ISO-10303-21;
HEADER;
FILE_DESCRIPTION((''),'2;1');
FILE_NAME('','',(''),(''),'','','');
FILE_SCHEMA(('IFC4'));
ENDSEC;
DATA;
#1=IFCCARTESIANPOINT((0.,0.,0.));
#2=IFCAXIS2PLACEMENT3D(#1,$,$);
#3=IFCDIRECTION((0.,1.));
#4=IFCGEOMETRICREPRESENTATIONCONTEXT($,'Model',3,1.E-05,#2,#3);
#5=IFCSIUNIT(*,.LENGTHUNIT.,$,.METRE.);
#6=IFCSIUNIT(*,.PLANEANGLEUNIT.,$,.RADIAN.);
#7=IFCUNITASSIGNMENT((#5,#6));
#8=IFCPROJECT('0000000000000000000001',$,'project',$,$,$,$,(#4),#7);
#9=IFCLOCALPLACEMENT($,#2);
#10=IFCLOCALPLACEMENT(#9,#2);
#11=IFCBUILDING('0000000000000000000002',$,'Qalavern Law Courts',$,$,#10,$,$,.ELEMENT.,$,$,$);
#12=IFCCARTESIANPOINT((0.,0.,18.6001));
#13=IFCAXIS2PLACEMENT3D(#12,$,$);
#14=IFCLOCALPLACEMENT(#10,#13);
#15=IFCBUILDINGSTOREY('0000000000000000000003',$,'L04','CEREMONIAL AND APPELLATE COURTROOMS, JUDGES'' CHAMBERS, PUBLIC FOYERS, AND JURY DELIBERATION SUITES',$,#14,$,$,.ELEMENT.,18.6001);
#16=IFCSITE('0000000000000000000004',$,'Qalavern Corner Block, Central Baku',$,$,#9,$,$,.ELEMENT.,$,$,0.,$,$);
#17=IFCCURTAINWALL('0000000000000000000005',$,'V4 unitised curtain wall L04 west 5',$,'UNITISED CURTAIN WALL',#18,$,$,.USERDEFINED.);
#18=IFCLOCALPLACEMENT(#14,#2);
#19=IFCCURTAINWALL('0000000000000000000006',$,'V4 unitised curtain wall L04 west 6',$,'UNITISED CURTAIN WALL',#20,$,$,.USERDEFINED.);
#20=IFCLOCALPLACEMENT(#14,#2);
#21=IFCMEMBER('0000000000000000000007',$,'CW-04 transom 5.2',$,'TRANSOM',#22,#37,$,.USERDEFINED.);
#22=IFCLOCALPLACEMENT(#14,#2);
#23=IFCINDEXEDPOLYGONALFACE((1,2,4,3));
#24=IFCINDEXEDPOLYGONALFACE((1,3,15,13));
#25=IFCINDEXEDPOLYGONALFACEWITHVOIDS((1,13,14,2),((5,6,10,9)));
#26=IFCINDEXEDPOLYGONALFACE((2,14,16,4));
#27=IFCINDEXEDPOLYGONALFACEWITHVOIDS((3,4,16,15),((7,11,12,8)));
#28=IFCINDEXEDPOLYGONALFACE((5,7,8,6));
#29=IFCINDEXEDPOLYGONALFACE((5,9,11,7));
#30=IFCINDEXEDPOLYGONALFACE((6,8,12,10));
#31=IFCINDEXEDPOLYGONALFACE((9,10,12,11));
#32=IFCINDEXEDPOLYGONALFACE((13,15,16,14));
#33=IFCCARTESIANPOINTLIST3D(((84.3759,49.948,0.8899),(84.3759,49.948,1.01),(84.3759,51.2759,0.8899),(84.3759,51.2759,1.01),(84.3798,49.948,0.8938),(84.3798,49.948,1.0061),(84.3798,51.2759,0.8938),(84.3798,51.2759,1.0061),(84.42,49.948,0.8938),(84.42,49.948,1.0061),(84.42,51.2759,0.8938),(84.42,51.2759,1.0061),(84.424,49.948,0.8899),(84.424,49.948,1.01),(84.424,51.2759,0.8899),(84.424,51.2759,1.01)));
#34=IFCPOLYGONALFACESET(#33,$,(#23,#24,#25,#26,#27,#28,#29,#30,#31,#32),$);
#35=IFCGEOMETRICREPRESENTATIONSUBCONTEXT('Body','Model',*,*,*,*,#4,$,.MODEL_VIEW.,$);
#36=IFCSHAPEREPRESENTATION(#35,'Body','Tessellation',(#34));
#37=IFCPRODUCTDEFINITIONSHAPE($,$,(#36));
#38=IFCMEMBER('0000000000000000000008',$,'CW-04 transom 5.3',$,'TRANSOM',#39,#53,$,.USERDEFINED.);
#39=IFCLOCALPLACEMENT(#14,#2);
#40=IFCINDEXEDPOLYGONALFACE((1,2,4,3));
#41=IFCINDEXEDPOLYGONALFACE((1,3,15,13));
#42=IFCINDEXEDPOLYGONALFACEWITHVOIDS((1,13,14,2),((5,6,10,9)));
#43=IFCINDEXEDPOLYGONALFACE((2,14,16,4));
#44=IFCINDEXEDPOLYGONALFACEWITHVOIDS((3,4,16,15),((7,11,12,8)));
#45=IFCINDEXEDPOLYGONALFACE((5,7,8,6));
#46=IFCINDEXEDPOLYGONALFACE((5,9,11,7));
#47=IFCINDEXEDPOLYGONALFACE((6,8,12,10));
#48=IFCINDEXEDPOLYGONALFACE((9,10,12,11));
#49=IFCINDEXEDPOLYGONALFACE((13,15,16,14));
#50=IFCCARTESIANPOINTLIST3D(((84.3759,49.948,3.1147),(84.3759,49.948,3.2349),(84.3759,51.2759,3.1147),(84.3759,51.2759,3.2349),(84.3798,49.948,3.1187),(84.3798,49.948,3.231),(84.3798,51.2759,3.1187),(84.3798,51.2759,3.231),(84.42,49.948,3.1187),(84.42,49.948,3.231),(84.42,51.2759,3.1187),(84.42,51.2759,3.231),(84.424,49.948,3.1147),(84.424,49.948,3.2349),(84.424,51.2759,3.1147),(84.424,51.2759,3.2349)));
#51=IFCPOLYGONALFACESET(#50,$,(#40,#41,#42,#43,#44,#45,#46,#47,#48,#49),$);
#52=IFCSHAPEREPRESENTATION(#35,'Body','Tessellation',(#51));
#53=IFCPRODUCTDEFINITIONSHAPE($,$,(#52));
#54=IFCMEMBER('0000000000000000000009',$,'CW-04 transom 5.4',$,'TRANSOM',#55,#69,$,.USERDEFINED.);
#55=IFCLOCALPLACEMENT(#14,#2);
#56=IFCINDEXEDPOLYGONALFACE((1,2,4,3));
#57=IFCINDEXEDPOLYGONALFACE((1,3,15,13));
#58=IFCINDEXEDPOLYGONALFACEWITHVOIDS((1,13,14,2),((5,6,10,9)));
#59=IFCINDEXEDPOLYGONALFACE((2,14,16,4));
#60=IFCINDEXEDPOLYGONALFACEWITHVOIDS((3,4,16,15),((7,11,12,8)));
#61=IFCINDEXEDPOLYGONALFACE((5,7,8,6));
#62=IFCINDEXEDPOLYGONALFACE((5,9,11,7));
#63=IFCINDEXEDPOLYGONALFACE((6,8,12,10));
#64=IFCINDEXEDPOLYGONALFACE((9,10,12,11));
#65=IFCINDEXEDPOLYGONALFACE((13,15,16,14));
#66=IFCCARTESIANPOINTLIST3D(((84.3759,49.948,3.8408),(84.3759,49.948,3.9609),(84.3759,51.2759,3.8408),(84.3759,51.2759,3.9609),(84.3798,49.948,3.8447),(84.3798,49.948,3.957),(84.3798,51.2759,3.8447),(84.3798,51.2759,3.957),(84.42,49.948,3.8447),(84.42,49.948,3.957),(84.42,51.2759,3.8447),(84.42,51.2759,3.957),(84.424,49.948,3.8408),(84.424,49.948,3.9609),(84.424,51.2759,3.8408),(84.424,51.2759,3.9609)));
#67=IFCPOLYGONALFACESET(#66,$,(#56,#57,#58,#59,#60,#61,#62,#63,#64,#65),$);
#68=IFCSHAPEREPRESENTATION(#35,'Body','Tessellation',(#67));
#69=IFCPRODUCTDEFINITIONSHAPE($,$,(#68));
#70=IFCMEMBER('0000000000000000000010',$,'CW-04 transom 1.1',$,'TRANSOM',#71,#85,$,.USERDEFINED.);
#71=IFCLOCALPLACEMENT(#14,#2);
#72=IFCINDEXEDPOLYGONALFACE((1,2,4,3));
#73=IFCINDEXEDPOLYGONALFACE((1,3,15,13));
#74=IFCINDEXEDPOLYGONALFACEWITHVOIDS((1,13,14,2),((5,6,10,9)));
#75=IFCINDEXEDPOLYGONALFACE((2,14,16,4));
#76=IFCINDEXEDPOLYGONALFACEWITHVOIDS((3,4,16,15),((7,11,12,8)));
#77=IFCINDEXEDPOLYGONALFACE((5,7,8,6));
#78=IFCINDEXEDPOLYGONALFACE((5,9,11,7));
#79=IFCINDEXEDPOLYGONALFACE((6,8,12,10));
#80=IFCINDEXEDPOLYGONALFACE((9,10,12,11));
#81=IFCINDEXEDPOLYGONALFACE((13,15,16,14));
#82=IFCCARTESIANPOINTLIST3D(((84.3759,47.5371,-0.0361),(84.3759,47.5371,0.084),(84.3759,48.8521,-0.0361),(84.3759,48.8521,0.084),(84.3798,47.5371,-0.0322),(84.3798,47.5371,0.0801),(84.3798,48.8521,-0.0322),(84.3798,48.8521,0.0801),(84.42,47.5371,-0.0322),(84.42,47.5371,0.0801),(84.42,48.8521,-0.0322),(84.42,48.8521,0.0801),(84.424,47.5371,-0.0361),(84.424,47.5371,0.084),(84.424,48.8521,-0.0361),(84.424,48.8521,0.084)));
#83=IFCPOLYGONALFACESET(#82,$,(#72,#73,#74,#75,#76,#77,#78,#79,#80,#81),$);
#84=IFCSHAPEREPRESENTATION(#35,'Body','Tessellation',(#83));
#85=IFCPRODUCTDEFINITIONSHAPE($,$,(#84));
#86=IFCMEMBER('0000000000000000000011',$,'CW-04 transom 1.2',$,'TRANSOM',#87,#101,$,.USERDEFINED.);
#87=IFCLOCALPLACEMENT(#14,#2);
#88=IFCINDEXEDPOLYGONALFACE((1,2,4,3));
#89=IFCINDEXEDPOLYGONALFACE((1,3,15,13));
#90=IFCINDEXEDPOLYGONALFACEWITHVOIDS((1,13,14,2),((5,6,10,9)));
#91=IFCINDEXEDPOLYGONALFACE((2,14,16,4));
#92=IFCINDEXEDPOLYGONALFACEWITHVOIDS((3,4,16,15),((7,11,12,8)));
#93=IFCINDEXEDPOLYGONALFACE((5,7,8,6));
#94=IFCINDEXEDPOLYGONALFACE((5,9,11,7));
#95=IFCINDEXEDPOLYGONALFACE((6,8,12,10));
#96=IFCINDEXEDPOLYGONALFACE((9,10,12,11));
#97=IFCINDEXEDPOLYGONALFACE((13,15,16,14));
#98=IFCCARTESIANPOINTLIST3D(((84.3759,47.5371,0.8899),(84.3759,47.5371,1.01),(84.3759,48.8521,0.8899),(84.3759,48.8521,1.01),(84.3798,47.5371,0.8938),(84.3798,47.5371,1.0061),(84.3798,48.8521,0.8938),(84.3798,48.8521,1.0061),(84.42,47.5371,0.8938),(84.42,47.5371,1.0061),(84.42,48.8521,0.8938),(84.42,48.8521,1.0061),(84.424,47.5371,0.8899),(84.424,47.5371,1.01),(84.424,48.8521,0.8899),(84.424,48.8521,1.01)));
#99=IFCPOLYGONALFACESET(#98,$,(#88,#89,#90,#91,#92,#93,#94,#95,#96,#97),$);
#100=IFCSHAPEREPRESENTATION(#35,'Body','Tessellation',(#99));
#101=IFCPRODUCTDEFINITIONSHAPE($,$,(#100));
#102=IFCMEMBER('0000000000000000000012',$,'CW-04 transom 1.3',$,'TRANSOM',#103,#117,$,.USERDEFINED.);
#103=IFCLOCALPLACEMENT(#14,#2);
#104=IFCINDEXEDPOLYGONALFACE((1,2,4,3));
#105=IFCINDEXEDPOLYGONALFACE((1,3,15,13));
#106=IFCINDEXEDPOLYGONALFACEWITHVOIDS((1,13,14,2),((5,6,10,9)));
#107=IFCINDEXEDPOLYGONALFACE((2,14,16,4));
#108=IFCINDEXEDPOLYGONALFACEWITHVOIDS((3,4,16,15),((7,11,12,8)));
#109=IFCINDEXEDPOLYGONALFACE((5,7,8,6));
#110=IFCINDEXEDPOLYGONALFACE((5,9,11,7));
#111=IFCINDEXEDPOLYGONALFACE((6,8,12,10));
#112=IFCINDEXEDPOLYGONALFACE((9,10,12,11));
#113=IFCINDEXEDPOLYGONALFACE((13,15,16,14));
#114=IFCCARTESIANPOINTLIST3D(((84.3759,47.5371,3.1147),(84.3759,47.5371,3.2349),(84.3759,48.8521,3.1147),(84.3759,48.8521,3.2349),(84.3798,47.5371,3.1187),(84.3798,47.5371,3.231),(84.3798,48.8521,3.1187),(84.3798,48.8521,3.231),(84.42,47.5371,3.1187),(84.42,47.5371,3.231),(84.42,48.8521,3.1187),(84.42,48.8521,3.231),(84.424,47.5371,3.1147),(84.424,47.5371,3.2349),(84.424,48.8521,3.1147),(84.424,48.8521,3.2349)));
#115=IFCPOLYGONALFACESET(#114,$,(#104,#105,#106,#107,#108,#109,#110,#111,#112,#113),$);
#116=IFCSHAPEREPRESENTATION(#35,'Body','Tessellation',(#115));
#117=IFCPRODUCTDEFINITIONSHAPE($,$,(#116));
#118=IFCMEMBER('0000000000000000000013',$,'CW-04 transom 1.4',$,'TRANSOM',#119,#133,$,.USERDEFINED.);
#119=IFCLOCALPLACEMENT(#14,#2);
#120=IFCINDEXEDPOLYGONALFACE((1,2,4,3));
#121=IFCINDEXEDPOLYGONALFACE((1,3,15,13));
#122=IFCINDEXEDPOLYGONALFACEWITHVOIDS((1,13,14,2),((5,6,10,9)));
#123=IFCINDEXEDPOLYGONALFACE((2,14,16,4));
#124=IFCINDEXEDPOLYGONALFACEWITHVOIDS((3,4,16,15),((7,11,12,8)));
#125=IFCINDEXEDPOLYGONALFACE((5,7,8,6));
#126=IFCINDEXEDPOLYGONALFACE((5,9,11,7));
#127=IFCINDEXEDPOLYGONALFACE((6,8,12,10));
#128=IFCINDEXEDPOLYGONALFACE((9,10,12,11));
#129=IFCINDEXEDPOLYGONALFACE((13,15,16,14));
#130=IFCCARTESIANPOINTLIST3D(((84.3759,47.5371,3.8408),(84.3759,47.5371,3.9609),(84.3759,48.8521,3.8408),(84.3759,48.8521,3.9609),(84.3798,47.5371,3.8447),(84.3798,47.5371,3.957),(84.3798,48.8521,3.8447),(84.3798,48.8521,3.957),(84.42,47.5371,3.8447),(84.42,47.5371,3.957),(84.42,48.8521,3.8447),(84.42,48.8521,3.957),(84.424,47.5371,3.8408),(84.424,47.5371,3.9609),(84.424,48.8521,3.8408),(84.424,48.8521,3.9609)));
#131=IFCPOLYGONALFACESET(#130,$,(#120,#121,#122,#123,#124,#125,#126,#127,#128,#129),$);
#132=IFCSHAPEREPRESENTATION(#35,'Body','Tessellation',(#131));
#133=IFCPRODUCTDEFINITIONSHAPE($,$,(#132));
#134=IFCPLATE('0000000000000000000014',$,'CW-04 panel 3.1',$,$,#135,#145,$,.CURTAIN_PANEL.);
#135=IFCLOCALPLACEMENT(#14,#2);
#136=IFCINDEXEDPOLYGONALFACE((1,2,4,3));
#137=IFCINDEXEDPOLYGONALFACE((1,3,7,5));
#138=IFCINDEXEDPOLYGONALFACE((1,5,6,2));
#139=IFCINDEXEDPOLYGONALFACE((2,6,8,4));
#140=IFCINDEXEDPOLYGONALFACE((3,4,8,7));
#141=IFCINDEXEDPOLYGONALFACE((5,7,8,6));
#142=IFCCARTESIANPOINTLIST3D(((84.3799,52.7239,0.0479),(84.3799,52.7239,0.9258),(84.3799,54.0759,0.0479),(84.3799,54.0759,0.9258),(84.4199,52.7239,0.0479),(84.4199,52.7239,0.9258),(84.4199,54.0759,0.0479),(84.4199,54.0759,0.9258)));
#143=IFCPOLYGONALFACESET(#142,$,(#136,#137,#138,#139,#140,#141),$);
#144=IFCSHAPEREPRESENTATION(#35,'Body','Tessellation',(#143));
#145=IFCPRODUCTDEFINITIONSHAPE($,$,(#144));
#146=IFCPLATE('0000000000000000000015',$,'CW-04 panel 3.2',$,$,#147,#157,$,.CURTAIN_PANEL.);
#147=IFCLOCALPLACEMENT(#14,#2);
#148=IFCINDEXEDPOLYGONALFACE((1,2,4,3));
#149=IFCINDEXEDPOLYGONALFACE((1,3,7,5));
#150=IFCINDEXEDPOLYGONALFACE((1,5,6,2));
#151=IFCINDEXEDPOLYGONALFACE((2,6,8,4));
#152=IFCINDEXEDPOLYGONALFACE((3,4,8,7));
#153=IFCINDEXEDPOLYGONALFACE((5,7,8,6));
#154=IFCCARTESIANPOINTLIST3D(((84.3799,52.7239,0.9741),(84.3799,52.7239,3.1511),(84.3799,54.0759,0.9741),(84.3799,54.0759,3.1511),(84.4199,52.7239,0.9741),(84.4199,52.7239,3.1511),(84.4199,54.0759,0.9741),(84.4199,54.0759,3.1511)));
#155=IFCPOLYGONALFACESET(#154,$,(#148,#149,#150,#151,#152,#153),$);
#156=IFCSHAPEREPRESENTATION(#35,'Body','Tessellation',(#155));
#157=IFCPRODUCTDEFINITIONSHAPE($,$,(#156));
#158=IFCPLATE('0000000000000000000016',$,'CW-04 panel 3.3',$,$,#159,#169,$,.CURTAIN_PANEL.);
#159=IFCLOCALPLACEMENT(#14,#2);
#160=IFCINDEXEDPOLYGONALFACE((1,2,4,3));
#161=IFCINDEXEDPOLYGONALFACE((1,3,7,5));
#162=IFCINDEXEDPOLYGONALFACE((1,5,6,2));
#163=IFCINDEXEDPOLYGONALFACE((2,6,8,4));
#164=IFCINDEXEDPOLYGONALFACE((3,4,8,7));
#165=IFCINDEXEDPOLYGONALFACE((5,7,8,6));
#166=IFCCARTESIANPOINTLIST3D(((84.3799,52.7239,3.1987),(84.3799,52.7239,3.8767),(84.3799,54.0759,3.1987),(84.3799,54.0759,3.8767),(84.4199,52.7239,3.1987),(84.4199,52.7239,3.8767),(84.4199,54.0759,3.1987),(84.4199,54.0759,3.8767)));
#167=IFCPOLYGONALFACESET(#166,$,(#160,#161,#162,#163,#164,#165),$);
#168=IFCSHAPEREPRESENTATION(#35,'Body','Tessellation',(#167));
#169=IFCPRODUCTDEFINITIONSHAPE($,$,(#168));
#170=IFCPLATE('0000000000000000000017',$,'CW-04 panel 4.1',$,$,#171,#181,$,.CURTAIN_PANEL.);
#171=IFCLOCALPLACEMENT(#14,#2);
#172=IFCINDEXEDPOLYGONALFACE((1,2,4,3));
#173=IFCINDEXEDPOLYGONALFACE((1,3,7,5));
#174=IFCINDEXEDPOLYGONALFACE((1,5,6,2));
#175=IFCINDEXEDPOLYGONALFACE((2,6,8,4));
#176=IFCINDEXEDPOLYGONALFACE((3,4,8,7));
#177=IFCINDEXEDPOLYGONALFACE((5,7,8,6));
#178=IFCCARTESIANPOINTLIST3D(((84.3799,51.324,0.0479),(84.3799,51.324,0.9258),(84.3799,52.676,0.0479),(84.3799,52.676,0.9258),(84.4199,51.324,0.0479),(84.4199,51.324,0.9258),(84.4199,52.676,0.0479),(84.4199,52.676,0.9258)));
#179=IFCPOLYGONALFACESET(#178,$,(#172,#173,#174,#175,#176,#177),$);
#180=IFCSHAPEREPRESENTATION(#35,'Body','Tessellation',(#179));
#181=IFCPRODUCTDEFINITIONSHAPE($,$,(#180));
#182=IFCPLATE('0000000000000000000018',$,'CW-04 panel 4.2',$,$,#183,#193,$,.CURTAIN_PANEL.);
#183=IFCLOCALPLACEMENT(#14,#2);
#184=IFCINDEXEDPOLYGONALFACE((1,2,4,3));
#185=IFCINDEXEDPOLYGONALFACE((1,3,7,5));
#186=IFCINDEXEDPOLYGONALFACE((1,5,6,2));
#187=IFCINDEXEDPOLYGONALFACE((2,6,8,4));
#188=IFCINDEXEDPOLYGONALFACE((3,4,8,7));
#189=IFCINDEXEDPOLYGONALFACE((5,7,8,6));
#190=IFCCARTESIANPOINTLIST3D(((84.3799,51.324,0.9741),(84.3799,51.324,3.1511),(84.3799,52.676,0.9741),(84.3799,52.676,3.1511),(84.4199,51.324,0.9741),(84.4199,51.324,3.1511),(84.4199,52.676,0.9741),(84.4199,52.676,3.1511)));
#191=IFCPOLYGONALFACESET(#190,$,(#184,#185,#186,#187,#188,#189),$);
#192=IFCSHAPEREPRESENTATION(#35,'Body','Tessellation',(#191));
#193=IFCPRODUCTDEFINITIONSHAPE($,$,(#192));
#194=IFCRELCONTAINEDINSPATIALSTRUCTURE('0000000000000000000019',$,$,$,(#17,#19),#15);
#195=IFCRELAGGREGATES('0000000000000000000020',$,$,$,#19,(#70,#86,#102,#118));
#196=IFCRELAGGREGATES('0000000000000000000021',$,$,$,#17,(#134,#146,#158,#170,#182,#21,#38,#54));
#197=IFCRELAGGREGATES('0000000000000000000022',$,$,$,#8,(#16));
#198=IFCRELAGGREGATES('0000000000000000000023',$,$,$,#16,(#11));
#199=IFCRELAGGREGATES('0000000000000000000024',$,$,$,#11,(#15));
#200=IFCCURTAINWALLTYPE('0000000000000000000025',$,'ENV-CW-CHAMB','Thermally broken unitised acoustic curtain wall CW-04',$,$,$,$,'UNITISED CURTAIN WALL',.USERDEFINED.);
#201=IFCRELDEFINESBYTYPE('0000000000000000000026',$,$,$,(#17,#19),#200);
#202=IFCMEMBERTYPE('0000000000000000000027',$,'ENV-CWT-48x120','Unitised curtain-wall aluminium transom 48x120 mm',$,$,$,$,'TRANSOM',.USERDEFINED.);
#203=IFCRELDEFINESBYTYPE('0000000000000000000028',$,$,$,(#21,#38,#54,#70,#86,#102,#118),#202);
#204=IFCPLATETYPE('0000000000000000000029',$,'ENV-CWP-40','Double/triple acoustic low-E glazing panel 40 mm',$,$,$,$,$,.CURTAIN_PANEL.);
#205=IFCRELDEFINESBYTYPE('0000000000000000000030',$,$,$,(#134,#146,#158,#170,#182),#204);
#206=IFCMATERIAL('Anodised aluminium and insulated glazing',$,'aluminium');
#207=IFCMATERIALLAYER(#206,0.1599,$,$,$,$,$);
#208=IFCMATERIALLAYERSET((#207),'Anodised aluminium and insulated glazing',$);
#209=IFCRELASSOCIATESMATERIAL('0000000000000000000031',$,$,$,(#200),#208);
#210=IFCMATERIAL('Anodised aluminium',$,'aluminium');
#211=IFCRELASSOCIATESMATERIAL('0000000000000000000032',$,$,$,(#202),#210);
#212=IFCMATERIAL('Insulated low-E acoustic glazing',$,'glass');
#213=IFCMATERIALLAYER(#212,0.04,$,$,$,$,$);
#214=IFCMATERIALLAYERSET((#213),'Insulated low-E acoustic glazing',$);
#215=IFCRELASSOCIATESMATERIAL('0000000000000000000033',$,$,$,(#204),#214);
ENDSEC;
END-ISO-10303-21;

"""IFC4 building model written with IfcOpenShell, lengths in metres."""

from ifc_helpers import new_model, si_unit, direction, frame, origin, origin_2d, place, context, subcontext, project, spatial, rectangle, hollow_rectangle, extrude, material, layer, layer_set, material_profile, profile_set, type_object, element, aggregate, save


model = new_model("IFC4")

# Units and contexts
model_context = context("Model", 3, precision=1e-05, world=origin(), true_north=direction((0.0, 1.0)))
body_context = subcontext(model_context, "Body", "Model", "MODEL_VIEW")
ifc_project = project(units=[si_unit("LENGTHUNIT", "METRE"), si_unit("PLANEANGLEUNIT", "RADIAN")], contexts=[model_context])

# Site, building, storey
site_placement = place(None, origin())
site = spatial("IfcSite", under=ifc_project, at=site_placement, Name="Qalavern Corner Block, Central Baku", CompositionType="ELEMENT", RefElevation=0.0)
building_placement = place(site_placement, origin())
building = spatial("IfcBuilding", under=site, at=building_placement, Name="Qalavern Law Courts", CompositionType="ELEMENT")
storey_placement = place(building_placement, frame((0.0, 0.0, 18.6001)))
storey = spatial("IfcBuildingStorey", under=building, at=storey_placement, Name="L04", Description="CEREMONIAL AND APPELLATE COURTROOMS, JUDGES' CHAMBERS, PUBLIC FOYERS, AND JURY DELIBERATION SUITES", CompositionType="ELEMENT", Elevation=18.6001)

# Curtain wall
ifc_material_1 = material(Name="Anodised aluminium and insulated glazing", Category="aluminium")
ifc_layer_1 = layer(ifc_material_1, 0.1599)
ifc_layer_set_1 = layer_set([ifc_layer_1], Name="Anodised aluminium and insulated glazing")
curtain_wall_type = type_object("IfcCurtainWallType", Name="ENV-CW-CHAMB", Description="Thermally broken unitised acoustic curtain wall CW-04", ElementType="UNITISED CURTAIN WALL", PredefinedType="USERDEFINED", material=ifc_layer_set_1)
curtain_wall_1_placement = place(storey_placement, origin())
curtain_wall_1 = element("IfcCurtainWall", 1, at=curtain_wall_1_placement, inside=storey, type_object=curtain_wall_type, Name="V4 unitised curtain wall L04 west 5", ObjectType="UNITISED CURTAIN WALL", PredefinedType="USERDEFINED")
ifc_material_2 = material(Name="Anodised aluminium", Category="aluminium")

# Curtain wall
curtain_wall_2_placement = place(storey_placement, origin())
curtain_wall_2 = element("IfcCurtainWall", 2, at=curtain_wall_2_placement, inside=storey, type_object=curtain_wall_type, Name="V4 unitised curtain wall L04 west 6", ObjectType="UNITISED CURTAIN WALL", PredefinedType="USERDEFINED")

# Members
ifc_material_profile_1 = material_profile(ifc_material_2, hollow_rectangle(XDim=0.0481, YDim=0.1201, WallThickness=0.0039, at=origin_2d()), Name="ALU TRANSOM 48x120")
ifc_profile_set_1 = profile_set([ifc_material_profile_1], Name="Anodised aluminium")
member_type_1 = type_object("IfcMemberType", Name="ENV-CWT-48x120", Description="Unitised curtain-wall aluminium transom 48x120 mm", ElementType="TRANSOM", PredefinedType="USERDEFINED", material=ifc_profile_set_1)
member_1_placement = place(storey_placement, frame((84.3999, 51.2759, 0.95), z_axis=(0.0, -1.0, 0.0), x_axis=(1.0, 0.0, 0.0)))
member_1 = element("IfcMember", 3, at=member_1_placement, type_object=member_type_1, Name="CW-04 transom 5.2", ObjectType="TRANSOM", PredefinedType="USERDEFINED", context=body_context, shape_type="SweptSolid", body=[
    extrude(hollow_rectangle(XDim=0.0481, YDim=0.1201, WallThickness=0.0039, at=origin_2d()), origin(), (0.0, 0.0, 1.0), 1.3279),
])
member_2_placement = place(storey_placement, frame((84.3999, 51.2759, 3.1748), z_axis=(0.0, -1.0, 0.0), x_axis=(1.0, 0.0, 0.0)))
member_2 = element("IfcMember", 4, at=member_2_placement, type_object=member_type_1, Name="CW-04 transom 5.3", ObjectType="TRANSOM", PredefinedType="USERDEFINED", context=body_context, shape_type="SweptSolid", body=[
    extrude(hollow_rectangle(XDim=0.0481, YDim=0.1201, WallThickness=0.0039, at=origin_2d()), origin(), (0.0, 0.0, 1.0), 1.3279),
])
member_3_placement = place(storey_placement, frame((84.3999, 51.2759, 3.9009), z_axis=(0.0, -1.0, 0.0), x_axis=(1.0, 0.0, 0.0)))
member_3 = element("IfcMember", 5, at=member_3_placement, type_object=member_type_1, Name="CW-04 transom 5.4", ObjectType="TRANSOM", PredefinedType="USERDEFINED", context=body_context, shape_type="SweptSolid", body=[
    extrude(hollow_rectangle(XDim=0.0481, YDim=0.1201, WallThickness=0.0039, at=origin_2d()), origin(), (0.0, 0.0, 1.0), 1.3279),
])
member_4_placement = place(storey_placement, frame((84.3999, 48.8521, 0.0239), z_axis=(0.0, -1.0, 0.0), x_axis=(1.0, 0.0, 0.0)))
member_4 = element("IfcMember", 6, at=member_4_placement, type_object=member_type_1, Name="CW-04 transom 1.1", ObjectType="TRANSOM", PredefinedType="USERDEFINED", context=body_context, shape_type="SweptSolid", body=[
    extrude(hollow_rectangle(XDim=0.0481, YDim=0.1201, WallThickness=0.0039, at=origin_2d()), origin(), (0.0, 0.0, 1.0), 1.3149),
])
member_5_placement = place(storey_placement, frame((84.3999, 48.8521, 0.95), z_axis=(0.0, -1.0, 0.0), x_axis=(1.0, 0.0, 0.0)))
member_5 = element("IfcMember", 7, at=member_5_placement, type_object=member_type_1, Name="CW-04 transom 1.2", ObjectType="TRANSOM", PredefinedType="USERDEFINED", context=body_context, shape_type="SweptSolid", body=[
    extrude(hollow_rectangle(XDim=0.0481, YDim=0.1201, WallThickness=0.0039, at=origin_2d()), origin(), (0.0, 0.0, 1.0), 1.3149),
])
member_6_placement = place(storey_placement, frame((84.3999, 48.8521, 3.1748), z_axis=(0.0, -1.0, 0.0), x_axis=(1.0, 0.0, 0.0)))
member_6 = element("IfcMember", 8, at=member_6_placement, type_object=member_type_1, Name="CW-04 transom 1.3", ObjectType="TRANSOM", PredefinedType="USERDEFINED", context=body_context, shape_type="SweptSolid", body=[
    extrude(hollow_rectangle(XDim=0.0481, YDim=0.1201, WallThickness=0.0039, at=origin_2d()), origin(), (0.0, 0.0, 1.0), 1.3149),
])
member_7_placement = place(storey_placement, frame((84.3999, 48.8521, 3.9009), z_axis=(0.0, -1.0, 0.0), x_axis=(1.0, 0.0, 0.0)))
member_7 = element("IfcMember", 9, at=member_7_placement, type_object=member_type_1, Name="CW-04 transom 1.4", ObjectType="TRANSOM", PredefinedType="USERDEFINED", context=body_context, shape_type="SweptSolid", body=[
    extrude(hollow_rectangle(XDim=0.0481, YDim=0.1201, WallThickness=0.0039, at=origin_2d()), origin(), (0.0, 0.0, 1.0), 1.3149),
])
aggregate(curtain_wall_2, [member_4, member_5, member_6, member_7])

# Plates
ifc_material_3 = material(Name="Insulated low-E acoustic glazing", Category="glass")
ifc_layer_2 = layer(ifc_material_3, 0.04)
ifc_layer_set_2 = layer_set([ifc_layer_2], Name="Insulated low-E acoustic glazing")
plate_type = type_object("IfcPlateType", Name="ENV-CWP-40", Description="Double/triple acoustic low-E glazing panel 40 mm", PredefinedType="CURTAIN_PANEL", material=ifc_layer_set_2)
plate_1_placement = place(storey_placement, frame((84.3999, 53.3999, 0.0479), z_axis=(0.0, 0.0, 1.0), x_axis=(0.0, -1.0, 0.0)))
plate_1 = element("IfcPlate", 10, at=plate_1_placement, type_object=plate_type, Name="CW-04 panel 3.1", PredefinedType="CURTAIN_PANEL", context=body_context, shape_type="SweptSolid", body=[
    extrude(rectangle(XDim=1.3521, YDim=0.04, at=origin_2d()), origin(), (0.0, 0.0, 1.0), 0.8779),
])
plate_2_placement = place(storey_placement, frame((84.3999, 53.3999, 0.9741), z_axis=(0.0, 0.0, 1.0), x_axis=(0.0, -1.0, 0.0)))
plate_2 = element("IfcPlate", 11, at=plate_2_placement, type_object=plate_type, Name="CW-04 panel 3.2", PredefinedType="CURTAIN_PANEL", context=body_context, shape_type="SweptSolid", body=[
    extrude(rectangle(XDim=1.3521, YDim=0.04, at=origin_2d()), origin(), (0.0, 0.0, 1.0), 2.177),
])
plate_3_placement = place(storey_placement, frame((84.3999, 53.3999, 3.1987), z_axis=(0.0, 0.0, 1.0), x_axis=(0.0, -1.0, 0.0)))
plate_3 = element("IfcPlate", 12, at=plate_3_placement, type_object=plate_type, Name="CW-04 panel 3.3", PredefinedType="CURTAIN_PANEL", context=body_context, shape_type="SweptSolid", body=[
    extrude(rectangle(XDim=1.3521, YDim=0.04, at=origin_2d()), origin(), (0.0, 0.0, 1.0), 0.678),
])
plate_4_placement = place(storey_placement, frame((84.3999, 52.0, 0.0479), z_axis=(0.0, 0.0, 1.0), x_axis=(0.0, -1.0, 0.0)))
plate_4 = element("IfcPlate", 13, at=plate_4_placement, type_object=plate_type, Name="CW-04 panel 4.1", PredefinedType="CURTAIN_PANEL", context=body_context, shape_type="SweptSolid", body=[
    extrude(rectangle(XDim=1.3521, YDim=0.04, at=origin_2d()), origin(), (0.0, 0.0, 1.0), 0.8779),
])
plate_5_placement = place(storey_placement, frame((84.3999, 52.0, 0.9741), z_axis=(0.0, 0.0, 1.0), x_axis=(0.0, -1.0, 0.0)))
plate_5 = element("IfcPlate", 14, at=plate_5_placement, type_object=plate_type, Name="CW-04 panel 4.2", PredefinedType="CURTAIN_PANEL", context=body_context, shape_type="SweptSolid", body=[
    extrude(rectangle(XDim=1.3521, YDim=0.04, at=origin_2d()), origin(), (0.0, 0.0, 1.0), 2.177),
])
aggregate(curtain_wall_1, [plate_1, plate_2, plate_3, plate_4, plate_5, member_1, member_2, member_3])

save(model, "model.ifc")
